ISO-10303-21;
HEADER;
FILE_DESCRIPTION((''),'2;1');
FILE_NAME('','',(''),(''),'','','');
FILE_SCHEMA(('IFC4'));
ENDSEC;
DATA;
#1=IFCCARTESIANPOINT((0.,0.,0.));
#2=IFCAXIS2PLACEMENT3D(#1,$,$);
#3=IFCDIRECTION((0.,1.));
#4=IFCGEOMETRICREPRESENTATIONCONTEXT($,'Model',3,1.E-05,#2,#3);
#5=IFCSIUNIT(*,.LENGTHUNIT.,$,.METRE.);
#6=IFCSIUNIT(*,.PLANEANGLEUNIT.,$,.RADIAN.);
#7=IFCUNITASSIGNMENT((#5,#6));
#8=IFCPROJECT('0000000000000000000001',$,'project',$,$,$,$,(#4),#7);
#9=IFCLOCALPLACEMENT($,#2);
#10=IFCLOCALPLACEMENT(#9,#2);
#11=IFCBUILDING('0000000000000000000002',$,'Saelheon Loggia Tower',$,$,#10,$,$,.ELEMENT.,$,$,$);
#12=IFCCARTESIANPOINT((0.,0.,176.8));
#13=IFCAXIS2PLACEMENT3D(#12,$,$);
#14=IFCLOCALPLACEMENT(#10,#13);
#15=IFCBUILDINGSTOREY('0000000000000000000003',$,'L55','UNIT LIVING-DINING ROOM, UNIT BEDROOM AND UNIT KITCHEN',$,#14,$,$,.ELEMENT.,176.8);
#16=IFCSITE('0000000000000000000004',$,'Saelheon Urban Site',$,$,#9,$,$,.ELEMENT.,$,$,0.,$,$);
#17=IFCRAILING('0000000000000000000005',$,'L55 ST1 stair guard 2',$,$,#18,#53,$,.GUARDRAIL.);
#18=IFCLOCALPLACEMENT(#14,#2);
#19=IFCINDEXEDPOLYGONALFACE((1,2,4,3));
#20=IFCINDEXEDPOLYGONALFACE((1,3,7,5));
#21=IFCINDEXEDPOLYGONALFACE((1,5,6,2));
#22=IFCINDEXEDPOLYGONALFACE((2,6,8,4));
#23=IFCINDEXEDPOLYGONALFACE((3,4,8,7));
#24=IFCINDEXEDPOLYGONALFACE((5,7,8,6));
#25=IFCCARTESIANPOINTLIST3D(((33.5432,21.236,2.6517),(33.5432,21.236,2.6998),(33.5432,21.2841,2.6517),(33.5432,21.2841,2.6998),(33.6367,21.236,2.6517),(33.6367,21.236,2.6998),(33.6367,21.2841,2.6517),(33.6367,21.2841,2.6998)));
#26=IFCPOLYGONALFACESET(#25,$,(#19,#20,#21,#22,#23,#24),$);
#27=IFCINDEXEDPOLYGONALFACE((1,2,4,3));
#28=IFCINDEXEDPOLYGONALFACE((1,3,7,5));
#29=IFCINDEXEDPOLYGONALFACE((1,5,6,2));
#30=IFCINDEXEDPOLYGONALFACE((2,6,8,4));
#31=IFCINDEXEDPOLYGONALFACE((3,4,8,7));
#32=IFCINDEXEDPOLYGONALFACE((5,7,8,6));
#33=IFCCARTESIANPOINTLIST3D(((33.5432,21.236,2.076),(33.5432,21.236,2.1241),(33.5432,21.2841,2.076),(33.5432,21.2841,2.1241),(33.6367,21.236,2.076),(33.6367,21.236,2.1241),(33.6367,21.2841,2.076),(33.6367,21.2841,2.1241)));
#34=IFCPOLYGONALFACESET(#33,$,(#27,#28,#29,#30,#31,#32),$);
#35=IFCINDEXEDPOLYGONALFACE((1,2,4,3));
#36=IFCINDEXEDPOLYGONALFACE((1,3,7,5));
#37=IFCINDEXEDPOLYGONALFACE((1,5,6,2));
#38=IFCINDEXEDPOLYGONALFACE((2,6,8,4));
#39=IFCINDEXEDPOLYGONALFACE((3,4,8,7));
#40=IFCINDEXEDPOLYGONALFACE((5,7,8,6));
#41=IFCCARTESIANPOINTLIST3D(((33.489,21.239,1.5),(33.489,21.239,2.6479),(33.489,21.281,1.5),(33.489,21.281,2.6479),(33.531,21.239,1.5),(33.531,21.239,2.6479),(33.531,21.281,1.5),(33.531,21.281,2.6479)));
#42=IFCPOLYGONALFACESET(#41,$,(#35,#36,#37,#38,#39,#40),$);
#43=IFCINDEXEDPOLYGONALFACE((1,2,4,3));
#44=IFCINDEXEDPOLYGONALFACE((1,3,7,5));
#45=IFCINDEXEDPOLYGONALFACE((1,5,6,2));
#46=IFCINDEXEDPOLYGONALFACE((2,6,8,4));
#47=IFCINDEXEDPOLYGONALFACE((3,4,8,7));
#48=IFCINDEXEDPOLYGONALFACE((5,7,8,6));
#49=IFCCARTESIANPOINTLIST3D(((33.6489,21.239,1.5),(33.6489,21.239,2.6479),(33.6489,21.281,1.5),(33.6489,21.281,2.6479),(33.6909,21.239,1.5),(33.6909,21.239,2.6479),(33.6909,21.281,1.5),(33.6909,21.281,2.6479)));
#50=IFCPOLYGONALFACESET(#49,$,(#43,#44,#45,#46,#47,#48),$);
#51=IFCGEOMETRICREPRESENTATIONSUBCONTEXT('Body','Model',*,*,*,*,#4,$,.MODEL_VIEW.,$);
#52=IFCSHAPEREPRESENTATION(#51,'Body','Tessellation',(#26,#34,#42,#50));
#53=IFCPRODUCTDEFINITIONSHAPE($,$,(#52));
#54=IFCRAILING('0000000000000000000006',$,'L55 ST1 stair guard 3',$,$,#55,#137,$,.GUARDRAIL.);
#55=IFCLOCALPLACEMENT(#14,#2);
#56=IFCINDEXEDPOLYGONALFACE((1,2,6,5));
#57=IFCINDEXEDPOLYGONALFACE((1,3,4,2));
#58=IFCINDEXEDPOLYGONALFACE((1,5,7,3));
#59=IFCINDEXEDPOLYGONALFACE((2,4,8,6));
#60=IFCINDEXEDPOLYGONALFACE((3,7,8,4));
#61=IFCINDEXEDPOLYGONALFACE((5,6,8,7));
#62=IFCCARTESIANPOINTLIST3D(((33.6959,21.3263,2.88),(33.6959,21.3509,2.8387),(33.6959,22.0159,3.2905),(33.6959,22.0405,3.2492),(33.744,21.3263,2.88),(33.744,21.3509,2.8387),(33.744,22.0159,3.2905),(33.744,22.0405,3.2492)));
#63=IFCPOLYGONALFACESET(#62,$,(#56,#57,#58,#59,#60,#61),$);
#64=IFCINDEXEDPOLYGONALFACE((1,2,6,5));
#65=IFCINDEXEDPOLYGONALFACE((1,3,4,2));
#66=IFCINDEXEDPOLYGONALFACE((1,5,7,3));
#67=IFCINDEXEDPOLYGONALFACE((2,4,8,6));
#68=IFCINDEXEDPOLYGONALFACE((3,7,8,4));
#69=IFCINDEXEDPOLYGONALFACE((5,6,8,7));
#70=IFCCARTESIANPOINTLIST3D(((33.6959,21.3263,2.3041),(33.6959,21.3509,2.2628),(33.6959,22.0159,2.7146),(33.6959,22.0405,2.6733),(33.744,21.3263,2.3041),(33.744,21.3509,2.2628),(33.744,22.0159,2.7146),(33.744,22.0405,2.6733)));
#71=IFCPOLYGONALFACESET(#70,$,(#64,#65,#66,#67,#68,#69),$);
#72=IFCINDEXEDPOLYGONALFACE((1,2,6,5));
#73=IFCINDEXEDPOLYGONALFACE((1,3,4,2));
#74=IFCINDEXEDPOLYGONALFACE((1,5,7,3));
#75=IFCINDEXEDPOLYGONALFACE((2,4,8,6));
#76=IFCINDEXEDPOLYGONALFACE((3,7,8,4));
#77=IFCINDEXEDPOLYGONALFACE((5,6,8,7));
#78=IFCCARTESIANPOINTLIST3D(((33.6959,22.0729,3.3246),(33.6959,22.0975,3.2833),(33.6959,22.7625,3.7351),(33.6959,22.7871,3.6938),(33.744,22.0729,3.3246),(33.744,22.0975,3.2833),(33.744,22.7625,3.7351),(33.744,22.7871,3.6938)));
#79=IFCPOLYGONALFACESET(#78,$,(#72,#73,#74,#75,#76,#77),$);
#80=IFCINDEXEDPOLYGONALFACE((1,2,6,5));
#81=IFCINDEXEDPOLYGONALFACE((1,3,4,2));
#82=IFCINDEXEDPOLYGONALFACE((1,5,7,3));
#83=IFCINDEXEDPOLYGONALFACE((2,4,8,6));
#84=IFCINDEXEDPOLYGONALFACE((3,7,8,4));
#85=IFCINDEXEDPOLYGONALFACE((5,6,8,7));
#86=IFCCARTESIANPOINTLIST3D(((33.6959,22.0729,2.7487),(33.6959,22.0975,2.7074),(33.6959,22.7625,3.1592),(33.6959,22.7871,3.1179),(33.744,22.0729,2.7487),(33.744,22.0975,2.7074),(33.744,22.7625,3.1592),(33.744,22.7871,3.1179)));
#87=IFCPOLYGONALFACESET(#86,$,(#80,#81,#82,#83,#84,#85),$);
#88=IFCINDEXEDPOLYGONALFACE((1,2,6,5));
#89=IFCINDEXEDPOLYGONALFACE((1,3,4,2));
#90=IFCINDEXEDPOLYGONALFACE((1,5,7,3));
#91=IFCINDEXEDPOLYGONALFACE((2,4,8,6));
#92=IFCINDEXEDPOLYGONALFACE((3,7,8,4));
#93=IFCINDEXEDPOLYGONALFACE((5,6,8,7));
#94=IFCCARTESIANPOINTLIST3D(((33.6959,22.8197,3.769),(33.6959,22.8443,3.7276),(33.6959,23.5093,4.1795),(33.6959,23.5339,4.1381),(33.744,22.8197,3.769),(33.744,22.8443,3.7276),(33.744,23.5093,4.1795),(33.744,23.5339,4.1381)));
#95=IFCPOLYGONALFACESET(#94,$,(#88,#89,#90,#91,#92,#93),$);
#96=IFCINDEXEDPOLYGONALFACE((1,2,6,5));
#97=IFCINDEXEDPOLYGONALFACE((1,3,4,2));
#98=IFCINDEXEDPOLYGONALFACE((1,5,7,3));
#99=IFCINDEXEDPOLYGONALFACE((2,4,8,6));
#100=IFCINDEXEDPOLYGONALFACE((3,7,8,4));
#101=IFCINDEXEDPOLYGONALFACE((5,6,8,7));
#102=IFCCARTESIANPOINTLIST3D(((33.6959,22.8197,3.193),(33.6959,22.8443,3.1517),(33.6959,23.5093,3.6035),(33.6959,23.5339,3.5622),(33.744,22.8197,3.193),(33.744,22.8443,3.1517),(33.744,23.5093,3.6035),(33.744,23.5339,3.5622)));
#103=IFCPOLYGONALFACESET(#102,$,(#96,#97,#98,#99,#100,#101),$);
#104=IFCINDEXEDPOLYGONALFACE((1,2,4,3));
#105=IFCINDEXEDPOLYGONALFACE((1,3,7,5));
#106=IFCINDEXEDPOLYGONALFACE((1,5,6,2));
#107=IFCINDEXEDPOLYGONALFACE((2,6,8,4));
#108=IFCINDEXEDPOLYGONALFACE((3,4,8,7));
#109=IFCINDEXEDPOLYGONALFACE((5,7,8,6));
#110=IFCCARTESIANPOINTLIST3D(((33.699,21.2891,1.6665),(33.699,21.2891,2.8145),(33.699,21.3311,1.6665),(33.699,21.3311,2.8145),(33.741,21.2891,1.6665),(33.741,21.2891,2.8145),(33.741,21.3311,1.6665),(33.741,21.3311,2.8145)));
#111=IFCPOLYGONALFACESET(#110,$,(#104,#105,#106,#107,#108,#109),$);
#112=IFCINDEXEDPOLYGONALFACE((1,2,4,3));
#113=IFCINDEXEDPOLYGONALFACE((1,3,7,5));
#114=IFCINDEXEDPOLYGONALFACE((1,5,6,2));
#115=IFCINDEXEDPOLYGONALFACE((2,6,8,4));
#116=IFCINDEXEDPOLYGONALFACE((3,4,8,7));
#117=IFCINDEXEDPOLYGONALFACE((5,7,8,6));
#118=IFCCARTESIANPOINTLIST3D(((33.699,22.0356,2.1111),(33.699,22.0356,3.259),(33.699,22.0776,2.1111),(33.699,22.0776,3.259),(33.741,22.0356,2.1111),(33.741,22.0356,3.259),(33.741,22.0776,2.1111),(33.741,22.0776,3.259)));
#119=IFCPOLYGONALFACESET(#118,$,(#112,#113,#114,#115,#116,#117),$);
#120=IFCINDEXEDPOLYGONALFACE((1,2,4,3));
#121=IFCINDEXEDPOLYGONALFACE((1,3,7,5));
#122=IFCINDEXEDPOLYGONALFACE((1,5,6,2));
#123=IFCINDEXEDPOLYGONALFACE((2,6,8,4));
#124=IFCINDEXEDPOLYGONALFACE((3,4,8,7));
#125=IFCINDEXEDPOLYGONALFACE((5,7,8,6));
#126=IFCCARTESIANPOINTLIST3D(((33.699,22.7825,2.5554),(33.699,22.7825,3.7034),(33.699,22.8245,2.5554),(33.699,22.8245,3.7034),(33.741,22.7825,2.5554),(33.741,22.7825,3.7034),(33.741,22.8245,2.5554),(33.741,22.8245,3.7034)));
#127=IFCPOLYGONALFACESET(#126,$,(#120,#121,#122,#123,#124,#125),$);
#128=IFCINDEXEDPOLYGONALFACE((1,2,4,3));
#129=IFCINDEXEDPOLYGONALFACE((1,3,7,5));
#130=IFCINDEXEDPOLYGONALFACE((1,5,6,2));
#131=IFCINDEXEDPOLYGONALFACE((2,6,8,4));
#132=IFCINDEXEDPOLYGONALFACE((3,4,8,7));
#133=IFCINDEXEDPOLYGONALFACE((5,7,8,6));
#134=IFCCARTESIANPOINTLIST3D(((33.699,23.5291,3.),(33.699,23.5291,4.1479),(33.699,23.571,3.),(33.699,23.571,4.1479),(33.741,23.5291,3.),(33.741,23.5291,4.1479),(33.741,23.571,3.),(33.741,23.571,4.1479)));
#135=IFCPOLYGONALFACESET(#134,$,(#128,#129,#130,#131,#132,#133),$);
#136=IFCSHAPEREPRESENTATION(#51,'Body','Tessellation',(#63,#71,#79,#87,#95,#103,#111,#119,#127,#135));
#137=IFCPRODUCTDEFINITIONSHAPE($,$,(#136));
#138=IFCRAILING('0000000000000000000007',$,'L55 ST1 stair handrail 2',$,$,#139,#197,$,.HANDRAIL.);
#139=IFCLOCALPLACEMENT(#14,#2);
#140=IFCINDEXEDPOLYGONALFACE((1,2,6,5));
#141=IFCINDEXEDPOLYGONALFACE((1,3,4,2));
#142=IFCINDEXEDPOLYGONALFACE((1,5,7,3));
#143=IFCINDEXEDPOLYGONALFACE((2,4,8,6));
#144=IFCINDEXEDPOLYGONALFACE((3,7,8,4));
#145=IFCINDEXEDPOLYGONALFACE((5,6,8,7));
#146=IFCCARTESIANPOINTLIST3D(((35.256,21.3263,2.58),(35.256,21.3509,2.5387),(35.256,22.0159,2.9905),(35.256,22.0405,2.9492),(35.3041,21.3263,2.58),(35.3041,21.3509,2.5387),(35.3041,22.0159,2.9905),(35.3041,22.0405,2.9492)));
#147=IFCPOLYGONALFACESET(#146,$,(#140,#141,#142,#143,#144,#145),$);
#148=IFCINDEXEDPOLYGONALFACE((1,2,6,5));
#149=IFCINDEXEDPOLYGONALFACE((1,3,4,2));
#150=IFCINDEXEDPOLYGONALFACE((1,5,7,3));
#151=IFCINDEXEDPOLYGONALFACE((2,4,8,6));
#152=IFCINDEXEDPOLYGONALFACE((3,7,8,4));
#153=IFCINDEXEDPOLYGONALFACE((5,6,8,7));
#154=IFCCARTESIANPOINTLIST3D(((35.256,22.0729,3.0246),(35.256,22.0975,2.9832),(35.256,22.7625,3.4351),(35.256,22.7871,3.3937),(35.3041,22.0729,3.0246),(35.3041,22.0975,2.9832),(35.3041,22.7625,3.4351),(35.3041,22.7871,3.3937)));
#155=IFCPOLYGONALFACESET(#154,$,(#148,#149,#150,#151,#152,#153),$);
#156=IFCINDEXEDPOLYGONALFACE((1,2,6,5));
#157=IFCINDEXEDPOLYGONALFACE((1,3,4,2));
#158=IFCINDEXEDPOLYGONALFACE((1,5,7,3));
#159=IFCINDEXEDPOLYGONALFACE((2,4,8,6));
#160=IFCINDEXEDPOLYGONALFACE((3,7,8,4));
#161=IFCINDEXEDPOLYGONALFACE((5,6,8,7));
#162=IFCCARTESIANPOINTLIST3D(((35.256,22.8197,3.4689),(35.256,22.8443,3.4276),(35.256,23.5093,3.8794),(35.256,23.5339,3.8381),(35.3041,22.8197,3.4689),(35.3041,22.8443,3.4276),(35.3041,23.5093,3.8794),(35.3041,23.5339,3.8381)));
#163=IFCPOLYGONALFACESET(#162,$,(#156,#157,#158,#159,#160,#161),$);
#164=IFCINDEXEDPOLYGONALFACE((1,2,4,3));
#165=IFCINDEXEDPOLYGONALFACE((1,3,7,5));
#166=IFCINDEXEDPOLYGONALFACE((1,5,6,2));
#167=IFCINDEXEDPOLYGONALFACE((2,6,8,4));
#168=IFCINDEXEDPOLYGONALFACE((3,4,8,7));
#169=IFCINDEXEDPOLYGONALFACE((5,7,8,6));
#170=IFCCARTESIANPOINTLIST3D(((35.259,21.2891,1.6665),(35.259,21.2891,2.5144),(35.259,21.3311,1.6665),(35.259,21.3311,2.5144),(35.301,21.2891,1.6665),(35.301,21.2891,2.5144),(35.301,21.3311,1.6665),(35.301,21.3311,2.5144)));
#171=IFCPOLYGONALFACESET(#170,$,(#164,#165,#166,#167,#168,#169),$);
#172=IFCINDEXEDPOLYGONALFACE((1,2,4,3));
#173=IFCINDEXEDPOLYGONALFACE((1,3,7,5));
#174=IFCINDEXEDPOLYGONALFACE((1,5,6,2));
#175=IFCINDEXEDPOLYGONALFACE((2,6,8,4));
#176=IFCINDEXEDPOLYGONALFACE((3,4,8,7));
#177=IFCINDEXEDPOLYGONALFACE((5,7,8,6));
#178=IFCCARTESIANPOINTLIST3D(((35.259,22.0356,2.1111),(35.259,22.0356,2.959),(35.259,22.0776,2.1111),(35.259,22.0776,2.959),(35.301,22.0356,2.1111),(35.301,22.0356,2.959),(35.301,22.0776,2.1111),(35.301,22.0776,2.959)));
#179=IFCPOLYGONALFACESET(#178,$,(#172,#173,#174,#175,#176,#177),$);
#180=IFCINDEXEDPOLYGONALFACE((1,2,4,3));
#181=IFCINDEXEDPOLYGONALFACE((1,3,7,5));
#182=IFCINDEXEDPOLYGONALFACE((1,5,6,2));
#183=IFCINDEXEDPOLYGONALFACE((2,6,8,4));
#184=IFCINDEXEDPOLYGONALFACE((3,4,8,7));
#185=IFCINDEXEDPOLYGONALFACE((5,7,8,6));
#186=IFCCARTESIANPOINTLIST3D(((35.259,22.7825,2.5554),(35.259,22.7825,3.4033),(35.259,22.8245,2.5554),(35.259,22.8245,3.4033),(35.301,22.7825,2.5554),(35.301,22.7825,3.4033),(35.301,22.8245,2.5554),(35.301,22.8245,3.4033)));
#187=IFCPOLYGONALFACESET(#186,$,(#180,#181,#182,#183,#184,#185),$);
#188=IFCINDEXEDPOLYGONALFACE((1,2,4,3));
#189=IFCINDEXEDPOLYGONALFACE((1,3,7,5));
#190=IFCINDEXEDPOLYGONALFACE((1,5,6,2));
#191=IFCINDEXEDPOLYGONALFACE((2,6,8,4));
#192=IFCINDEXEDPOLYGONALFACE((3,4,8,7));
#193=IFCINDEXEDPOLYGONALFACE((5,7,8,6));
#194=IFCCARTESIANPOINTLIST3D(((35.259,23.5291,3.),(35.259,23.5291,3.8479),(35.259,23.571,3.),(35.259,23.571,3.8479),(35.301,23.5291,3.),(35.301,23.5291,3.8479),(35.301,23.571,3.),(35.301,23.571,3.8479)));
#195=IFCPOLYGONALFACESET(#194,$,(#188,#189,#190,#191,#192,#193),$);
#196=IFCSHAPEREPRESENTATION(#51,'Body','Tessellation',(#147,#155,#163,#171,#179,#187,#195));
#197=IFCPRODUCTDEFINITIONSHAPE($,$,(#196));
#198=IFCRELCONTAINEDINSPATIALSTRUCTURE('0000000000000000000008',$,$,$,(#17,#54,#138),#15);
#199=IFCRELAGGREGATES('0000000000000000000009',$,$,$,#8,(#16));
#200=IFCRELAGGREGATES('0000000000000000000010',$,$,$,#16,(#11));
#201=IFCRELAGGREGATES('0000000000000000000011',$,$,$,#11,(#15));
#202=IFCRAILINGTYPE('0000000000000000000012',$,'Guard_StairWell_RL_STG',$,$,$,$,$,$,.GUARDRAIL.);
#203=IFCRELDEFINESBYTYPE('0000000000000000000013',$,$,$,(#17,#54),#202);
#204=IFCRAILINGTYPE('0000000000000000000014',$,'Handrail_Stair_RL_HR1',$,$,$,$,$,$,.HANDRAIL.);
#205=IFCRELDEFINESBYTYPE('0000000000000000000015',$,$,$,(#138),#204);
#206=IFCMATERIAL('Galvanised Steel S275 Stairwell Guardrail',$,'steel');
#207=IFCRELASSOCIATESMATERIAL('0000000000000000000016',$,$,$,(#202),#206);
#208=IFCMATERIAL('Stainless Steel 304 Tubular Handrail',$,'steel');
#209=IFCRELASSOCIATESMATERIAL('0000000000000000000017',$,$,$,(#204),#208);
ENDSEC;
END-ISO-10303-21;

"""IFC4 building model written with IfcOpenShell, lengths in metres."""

from ifc_helpers import new_model, si_unit, direction, frame, origin, origin_2d, place, context, subcontext, project, spatial, rectangle, extrude, material, type_object, element, save


model = new_model("IFC4")

# Units and contexts
model_context = context("Model", 3, precision=1e-05, world=origin(), true_north=direction((0.0, 1.0)))
body_context = subcontext(model_context, "Body", "Model", "MODEL_VIEW")
ifc_project = project(units=[si_unit("LENGTHUNIT", "METRE"), si_unit("PLANEANGLEUNIT", "RADIAN")], contexts=[model_context])

# Site, building, storey
site_placement = place(None, origin())
site = spatial("IfcSite", under=ifc_project, at=site_placement, Name="Saelheon Urban Site", CompositionType="ELEMENT", RefElevation=0.0)
building_placement = place(site_placement, origin())
building = spatial("IfcBuilding", under=site, at=building_placement, Name="Saelheon Loggia Tower", CompositionType="ELEMENT")
storey_placement = place(building_placement, frame((0.0, 0.0, 176.8)))
storey = spatial("IfcBuildingStorey", under=building, at=storey_placement, Name="L55", Description="UNIT LIVING-DINING ROOM, UNIT BEDROOM AND UNIT KITCHEN", CompositionType="ELEMENT", Elevation=176.8)

# Railings
ifc_material_1 = material(Name="Galvanised Steel S275 Stairwell Guardrail", Category="steel")
railing_type_1 = type_object("IfcRailingType", Name="Guard_StairWell_RL_STG", PredefinedType="GUARDRAIL", material=ifc_material_1)
railing_1_placement = place(storey_placement, frame((33.51, 21.26, 1.5)))
element("IfcRailing", 1, at=railing_1_placement, inside=storey, type_object=railing_type_1, Name="L55 ST1 stair guard 2", PredefinedType="GUARDRAIL", context=body_context, shape_type="SweptSolid", body=[
    extrude(rectangle(XDim=0.0481, YDim=0.0481, at=origin_2d()), frame((0.0332, 0.0, 1.1758), z_axis=(1.0, 0.0, 0.0), x_axis=(0.0, 1.0, 0.0)), (0.0, 0.0, 1.0), 0.0935),
    extrude(rectangle(XDim=0.0481, YDim=0.0481, at=origin_2d()), frame((0.0332, 0.0, 0.6001), z_axis=(1.0, 0.0, 0.0), x_axis=(0.0, 1.0, 0.0)), (0.0, 0.0, 1.0), 0.0935),
    extrude(rectangle(XDim=0.042, YDim=0.042, at=origin_2d()), origin(), (0.0, 0.0, 1.0), 1.1479),
    extrude(rectangle(XDim=0.042, YDim=0.042, at=origin_2d()), frame((0.1599, 0.0, 0.0)), (0.0, 0.0, 1.0), 1.1479),
])
railing_2_placement = place(storey_placement, frame((33.72, 21.3101, 1.6665)))
element("IfcRailing", 2, at=railing_2_placement, inside=storey, type_object=railing_type_1, Name="L55 ST1 stair guard 3", PredefinedType="GUARDRAIL", context=body_context, shape_type="SweptSolid", body=[
    extrude(rectangle(XDim=0.0481, YDim=0.0481, at=origin_2d()), frame((0.0, 0.0286, 1.1929), z_axis=(0.0, 0.859264, 0.511532), x_axis=(-1.0, 0.0, 0.0)), (0.0, 0.0, 1.0), 0.8025),
    extrude(rectangle(XDim=0.0481, YDim=0.0481, at=origin_2d()), frame((0.0, 0.0286, 0.6169), z_axis=(0.0, 0.859264, 0.511532), x_axis=(-1.0, 0.0, 0.0)), (0.0, 0.0, 1.0), 0.8025),
    extrude(rectangle(XDim=0.0481, YDim=0.0481, at=origin_2d()), frame((0.0, 0.7751, 1.6375), z_axis=(0.0, 0.859264, 0.511532), x_axis=(-1.0, 0.0, 0.0)), (0.0, 0.0, 1.0), 0.8025),
    extrude(rectangle(XDim=0.0481, YDim=0.0481, at=origin_2d()), frame((0.0, 0.7751, 1.0615), z_axis=(0.0, 0.859264, 0.511532), x_axis=(-1.0, 0.0, 0.0)), (0.0, 0.0, 1.0), 0.8025),
    extrude(rectangle(XDim=0.0481, YDim=0.0481, at=origin_2d()), frame((0.0, 1.522, 2.0818), z_axis=(0.0, 0.859264, 0.511532), x_axis=(-1.0, 0.0, 0.0)), (0.0, 0.0, 1.0), 0.8025),
    extrude(rectangle(XDim=0.0481, YDim=0.0481, at=origin_2d()), frame((0.0, 1.522, 1.5059), z_axis=(0.0, 0.859264, 0.511532), x_axis=(-1.0, 0.0, 0.0)), (0.0, 0.0, 1.0), 0.8025),
    extrude(rectangle(XDim=0.042, YDim=0.042, at=origin_2d()), origin(), (0.0, 0.0, 1.0), 1.1479),
    extrude(rectangle(XDim=0.042, YDim=0.042, at=origin_2d()), frame((0.0, 0.7466, 0.4446)), (0.0, 0.0, 1.0), 1.1479),
    extrude(rectangle(XDim=0.042, YDim=0.042, at=origin_2d()), frame((0.0, 1.4934, 0.8889)), (0.0, 0.0, 1.0), 1.1479),
    extrude(rectangle(XDim=0.042, YDim=0.042, at=origin_2d()), frame((0.0, 2.24, 1.3335)), (0.0, 0.0, 1.0), 1.1479),
])
ifc_material_2 = material(Name="Stainless Steel 304 Tubular Handrail", Category="steel")
railing_type_2 = type_object("IfcRailingType", Name="Handrail_Stair_RL_HR1", PredefinedType="HANDRAIL", material=ifc_material_2)
railing_3_placement = place(storey_placement, frame((35.28, 21.3101, 1.6665)))
element("IfcRailing", 3, at=railing_3_placement, inside=storey, type_object=railing_type_2, Name="L55 ST1 stair handrail 2", PredefinedType="HANDRAIL", context=body_context, shape_type="SweptSolid", body=[
    extrude(rectangle(XDim=0.0481, YDim=0.0481, at=origin_2d()), frame((0.0, 0.0286, 0.8928), z_axis=(0.0, 0.859264, 0.511532), x_axis=(-1.0, 0.0, 0.0)), (0.0, 0.0, 1.0), 0.8025),
    extrude(rectangle(XDim=0.0481, YDim=0.0481, at=origin_2d()), frame((0.0, 0.7751, 1.3374), z_axis=(0.0, 0.859264, 0.511532), x_axis=(-1.0, 0.0, 0.0)), (0.0, 0.0, 1.0), 0.8025),
    extrude(rectangle(XDim=0.0481, YDim=0.0481, at=origin_2d()), frame((0.0, 1.522, 1.7817), z_axis=(0.0, 0.859264, 0.511532), x_axis=(-1.0, 0.0, 0.0)), (0.0, 0.0, 1.0), 0.8025),
    extrude(rectangle(XDim=0.042, YDim=0.042, at=origin_2d()), origin(), (0.0, 0.0, 1.0), 0.8479),
    extrude(rectangle(XDim=0.042, YDim=0.042, at=origin_2d()), frame((0.0, 0.7466, 0.4446)), (0.0, 0.0, 1.0), 0.8479),
    extrude(rectangle(XDim=0.042, YDim=0.042, at=origin_2d()), frame((0.0, 1.4934, 0.8889)), (0.0, 0.0, 1.0), 0.8479),
    extrude(rectangle(XDim=0.042, YDim=0.042, at=origin_2d()), frame((0.0, 2.24, 1.3335)), (0.0, 0.0, 1.0), 0.8479),
])

save(model, "model.ifc")
